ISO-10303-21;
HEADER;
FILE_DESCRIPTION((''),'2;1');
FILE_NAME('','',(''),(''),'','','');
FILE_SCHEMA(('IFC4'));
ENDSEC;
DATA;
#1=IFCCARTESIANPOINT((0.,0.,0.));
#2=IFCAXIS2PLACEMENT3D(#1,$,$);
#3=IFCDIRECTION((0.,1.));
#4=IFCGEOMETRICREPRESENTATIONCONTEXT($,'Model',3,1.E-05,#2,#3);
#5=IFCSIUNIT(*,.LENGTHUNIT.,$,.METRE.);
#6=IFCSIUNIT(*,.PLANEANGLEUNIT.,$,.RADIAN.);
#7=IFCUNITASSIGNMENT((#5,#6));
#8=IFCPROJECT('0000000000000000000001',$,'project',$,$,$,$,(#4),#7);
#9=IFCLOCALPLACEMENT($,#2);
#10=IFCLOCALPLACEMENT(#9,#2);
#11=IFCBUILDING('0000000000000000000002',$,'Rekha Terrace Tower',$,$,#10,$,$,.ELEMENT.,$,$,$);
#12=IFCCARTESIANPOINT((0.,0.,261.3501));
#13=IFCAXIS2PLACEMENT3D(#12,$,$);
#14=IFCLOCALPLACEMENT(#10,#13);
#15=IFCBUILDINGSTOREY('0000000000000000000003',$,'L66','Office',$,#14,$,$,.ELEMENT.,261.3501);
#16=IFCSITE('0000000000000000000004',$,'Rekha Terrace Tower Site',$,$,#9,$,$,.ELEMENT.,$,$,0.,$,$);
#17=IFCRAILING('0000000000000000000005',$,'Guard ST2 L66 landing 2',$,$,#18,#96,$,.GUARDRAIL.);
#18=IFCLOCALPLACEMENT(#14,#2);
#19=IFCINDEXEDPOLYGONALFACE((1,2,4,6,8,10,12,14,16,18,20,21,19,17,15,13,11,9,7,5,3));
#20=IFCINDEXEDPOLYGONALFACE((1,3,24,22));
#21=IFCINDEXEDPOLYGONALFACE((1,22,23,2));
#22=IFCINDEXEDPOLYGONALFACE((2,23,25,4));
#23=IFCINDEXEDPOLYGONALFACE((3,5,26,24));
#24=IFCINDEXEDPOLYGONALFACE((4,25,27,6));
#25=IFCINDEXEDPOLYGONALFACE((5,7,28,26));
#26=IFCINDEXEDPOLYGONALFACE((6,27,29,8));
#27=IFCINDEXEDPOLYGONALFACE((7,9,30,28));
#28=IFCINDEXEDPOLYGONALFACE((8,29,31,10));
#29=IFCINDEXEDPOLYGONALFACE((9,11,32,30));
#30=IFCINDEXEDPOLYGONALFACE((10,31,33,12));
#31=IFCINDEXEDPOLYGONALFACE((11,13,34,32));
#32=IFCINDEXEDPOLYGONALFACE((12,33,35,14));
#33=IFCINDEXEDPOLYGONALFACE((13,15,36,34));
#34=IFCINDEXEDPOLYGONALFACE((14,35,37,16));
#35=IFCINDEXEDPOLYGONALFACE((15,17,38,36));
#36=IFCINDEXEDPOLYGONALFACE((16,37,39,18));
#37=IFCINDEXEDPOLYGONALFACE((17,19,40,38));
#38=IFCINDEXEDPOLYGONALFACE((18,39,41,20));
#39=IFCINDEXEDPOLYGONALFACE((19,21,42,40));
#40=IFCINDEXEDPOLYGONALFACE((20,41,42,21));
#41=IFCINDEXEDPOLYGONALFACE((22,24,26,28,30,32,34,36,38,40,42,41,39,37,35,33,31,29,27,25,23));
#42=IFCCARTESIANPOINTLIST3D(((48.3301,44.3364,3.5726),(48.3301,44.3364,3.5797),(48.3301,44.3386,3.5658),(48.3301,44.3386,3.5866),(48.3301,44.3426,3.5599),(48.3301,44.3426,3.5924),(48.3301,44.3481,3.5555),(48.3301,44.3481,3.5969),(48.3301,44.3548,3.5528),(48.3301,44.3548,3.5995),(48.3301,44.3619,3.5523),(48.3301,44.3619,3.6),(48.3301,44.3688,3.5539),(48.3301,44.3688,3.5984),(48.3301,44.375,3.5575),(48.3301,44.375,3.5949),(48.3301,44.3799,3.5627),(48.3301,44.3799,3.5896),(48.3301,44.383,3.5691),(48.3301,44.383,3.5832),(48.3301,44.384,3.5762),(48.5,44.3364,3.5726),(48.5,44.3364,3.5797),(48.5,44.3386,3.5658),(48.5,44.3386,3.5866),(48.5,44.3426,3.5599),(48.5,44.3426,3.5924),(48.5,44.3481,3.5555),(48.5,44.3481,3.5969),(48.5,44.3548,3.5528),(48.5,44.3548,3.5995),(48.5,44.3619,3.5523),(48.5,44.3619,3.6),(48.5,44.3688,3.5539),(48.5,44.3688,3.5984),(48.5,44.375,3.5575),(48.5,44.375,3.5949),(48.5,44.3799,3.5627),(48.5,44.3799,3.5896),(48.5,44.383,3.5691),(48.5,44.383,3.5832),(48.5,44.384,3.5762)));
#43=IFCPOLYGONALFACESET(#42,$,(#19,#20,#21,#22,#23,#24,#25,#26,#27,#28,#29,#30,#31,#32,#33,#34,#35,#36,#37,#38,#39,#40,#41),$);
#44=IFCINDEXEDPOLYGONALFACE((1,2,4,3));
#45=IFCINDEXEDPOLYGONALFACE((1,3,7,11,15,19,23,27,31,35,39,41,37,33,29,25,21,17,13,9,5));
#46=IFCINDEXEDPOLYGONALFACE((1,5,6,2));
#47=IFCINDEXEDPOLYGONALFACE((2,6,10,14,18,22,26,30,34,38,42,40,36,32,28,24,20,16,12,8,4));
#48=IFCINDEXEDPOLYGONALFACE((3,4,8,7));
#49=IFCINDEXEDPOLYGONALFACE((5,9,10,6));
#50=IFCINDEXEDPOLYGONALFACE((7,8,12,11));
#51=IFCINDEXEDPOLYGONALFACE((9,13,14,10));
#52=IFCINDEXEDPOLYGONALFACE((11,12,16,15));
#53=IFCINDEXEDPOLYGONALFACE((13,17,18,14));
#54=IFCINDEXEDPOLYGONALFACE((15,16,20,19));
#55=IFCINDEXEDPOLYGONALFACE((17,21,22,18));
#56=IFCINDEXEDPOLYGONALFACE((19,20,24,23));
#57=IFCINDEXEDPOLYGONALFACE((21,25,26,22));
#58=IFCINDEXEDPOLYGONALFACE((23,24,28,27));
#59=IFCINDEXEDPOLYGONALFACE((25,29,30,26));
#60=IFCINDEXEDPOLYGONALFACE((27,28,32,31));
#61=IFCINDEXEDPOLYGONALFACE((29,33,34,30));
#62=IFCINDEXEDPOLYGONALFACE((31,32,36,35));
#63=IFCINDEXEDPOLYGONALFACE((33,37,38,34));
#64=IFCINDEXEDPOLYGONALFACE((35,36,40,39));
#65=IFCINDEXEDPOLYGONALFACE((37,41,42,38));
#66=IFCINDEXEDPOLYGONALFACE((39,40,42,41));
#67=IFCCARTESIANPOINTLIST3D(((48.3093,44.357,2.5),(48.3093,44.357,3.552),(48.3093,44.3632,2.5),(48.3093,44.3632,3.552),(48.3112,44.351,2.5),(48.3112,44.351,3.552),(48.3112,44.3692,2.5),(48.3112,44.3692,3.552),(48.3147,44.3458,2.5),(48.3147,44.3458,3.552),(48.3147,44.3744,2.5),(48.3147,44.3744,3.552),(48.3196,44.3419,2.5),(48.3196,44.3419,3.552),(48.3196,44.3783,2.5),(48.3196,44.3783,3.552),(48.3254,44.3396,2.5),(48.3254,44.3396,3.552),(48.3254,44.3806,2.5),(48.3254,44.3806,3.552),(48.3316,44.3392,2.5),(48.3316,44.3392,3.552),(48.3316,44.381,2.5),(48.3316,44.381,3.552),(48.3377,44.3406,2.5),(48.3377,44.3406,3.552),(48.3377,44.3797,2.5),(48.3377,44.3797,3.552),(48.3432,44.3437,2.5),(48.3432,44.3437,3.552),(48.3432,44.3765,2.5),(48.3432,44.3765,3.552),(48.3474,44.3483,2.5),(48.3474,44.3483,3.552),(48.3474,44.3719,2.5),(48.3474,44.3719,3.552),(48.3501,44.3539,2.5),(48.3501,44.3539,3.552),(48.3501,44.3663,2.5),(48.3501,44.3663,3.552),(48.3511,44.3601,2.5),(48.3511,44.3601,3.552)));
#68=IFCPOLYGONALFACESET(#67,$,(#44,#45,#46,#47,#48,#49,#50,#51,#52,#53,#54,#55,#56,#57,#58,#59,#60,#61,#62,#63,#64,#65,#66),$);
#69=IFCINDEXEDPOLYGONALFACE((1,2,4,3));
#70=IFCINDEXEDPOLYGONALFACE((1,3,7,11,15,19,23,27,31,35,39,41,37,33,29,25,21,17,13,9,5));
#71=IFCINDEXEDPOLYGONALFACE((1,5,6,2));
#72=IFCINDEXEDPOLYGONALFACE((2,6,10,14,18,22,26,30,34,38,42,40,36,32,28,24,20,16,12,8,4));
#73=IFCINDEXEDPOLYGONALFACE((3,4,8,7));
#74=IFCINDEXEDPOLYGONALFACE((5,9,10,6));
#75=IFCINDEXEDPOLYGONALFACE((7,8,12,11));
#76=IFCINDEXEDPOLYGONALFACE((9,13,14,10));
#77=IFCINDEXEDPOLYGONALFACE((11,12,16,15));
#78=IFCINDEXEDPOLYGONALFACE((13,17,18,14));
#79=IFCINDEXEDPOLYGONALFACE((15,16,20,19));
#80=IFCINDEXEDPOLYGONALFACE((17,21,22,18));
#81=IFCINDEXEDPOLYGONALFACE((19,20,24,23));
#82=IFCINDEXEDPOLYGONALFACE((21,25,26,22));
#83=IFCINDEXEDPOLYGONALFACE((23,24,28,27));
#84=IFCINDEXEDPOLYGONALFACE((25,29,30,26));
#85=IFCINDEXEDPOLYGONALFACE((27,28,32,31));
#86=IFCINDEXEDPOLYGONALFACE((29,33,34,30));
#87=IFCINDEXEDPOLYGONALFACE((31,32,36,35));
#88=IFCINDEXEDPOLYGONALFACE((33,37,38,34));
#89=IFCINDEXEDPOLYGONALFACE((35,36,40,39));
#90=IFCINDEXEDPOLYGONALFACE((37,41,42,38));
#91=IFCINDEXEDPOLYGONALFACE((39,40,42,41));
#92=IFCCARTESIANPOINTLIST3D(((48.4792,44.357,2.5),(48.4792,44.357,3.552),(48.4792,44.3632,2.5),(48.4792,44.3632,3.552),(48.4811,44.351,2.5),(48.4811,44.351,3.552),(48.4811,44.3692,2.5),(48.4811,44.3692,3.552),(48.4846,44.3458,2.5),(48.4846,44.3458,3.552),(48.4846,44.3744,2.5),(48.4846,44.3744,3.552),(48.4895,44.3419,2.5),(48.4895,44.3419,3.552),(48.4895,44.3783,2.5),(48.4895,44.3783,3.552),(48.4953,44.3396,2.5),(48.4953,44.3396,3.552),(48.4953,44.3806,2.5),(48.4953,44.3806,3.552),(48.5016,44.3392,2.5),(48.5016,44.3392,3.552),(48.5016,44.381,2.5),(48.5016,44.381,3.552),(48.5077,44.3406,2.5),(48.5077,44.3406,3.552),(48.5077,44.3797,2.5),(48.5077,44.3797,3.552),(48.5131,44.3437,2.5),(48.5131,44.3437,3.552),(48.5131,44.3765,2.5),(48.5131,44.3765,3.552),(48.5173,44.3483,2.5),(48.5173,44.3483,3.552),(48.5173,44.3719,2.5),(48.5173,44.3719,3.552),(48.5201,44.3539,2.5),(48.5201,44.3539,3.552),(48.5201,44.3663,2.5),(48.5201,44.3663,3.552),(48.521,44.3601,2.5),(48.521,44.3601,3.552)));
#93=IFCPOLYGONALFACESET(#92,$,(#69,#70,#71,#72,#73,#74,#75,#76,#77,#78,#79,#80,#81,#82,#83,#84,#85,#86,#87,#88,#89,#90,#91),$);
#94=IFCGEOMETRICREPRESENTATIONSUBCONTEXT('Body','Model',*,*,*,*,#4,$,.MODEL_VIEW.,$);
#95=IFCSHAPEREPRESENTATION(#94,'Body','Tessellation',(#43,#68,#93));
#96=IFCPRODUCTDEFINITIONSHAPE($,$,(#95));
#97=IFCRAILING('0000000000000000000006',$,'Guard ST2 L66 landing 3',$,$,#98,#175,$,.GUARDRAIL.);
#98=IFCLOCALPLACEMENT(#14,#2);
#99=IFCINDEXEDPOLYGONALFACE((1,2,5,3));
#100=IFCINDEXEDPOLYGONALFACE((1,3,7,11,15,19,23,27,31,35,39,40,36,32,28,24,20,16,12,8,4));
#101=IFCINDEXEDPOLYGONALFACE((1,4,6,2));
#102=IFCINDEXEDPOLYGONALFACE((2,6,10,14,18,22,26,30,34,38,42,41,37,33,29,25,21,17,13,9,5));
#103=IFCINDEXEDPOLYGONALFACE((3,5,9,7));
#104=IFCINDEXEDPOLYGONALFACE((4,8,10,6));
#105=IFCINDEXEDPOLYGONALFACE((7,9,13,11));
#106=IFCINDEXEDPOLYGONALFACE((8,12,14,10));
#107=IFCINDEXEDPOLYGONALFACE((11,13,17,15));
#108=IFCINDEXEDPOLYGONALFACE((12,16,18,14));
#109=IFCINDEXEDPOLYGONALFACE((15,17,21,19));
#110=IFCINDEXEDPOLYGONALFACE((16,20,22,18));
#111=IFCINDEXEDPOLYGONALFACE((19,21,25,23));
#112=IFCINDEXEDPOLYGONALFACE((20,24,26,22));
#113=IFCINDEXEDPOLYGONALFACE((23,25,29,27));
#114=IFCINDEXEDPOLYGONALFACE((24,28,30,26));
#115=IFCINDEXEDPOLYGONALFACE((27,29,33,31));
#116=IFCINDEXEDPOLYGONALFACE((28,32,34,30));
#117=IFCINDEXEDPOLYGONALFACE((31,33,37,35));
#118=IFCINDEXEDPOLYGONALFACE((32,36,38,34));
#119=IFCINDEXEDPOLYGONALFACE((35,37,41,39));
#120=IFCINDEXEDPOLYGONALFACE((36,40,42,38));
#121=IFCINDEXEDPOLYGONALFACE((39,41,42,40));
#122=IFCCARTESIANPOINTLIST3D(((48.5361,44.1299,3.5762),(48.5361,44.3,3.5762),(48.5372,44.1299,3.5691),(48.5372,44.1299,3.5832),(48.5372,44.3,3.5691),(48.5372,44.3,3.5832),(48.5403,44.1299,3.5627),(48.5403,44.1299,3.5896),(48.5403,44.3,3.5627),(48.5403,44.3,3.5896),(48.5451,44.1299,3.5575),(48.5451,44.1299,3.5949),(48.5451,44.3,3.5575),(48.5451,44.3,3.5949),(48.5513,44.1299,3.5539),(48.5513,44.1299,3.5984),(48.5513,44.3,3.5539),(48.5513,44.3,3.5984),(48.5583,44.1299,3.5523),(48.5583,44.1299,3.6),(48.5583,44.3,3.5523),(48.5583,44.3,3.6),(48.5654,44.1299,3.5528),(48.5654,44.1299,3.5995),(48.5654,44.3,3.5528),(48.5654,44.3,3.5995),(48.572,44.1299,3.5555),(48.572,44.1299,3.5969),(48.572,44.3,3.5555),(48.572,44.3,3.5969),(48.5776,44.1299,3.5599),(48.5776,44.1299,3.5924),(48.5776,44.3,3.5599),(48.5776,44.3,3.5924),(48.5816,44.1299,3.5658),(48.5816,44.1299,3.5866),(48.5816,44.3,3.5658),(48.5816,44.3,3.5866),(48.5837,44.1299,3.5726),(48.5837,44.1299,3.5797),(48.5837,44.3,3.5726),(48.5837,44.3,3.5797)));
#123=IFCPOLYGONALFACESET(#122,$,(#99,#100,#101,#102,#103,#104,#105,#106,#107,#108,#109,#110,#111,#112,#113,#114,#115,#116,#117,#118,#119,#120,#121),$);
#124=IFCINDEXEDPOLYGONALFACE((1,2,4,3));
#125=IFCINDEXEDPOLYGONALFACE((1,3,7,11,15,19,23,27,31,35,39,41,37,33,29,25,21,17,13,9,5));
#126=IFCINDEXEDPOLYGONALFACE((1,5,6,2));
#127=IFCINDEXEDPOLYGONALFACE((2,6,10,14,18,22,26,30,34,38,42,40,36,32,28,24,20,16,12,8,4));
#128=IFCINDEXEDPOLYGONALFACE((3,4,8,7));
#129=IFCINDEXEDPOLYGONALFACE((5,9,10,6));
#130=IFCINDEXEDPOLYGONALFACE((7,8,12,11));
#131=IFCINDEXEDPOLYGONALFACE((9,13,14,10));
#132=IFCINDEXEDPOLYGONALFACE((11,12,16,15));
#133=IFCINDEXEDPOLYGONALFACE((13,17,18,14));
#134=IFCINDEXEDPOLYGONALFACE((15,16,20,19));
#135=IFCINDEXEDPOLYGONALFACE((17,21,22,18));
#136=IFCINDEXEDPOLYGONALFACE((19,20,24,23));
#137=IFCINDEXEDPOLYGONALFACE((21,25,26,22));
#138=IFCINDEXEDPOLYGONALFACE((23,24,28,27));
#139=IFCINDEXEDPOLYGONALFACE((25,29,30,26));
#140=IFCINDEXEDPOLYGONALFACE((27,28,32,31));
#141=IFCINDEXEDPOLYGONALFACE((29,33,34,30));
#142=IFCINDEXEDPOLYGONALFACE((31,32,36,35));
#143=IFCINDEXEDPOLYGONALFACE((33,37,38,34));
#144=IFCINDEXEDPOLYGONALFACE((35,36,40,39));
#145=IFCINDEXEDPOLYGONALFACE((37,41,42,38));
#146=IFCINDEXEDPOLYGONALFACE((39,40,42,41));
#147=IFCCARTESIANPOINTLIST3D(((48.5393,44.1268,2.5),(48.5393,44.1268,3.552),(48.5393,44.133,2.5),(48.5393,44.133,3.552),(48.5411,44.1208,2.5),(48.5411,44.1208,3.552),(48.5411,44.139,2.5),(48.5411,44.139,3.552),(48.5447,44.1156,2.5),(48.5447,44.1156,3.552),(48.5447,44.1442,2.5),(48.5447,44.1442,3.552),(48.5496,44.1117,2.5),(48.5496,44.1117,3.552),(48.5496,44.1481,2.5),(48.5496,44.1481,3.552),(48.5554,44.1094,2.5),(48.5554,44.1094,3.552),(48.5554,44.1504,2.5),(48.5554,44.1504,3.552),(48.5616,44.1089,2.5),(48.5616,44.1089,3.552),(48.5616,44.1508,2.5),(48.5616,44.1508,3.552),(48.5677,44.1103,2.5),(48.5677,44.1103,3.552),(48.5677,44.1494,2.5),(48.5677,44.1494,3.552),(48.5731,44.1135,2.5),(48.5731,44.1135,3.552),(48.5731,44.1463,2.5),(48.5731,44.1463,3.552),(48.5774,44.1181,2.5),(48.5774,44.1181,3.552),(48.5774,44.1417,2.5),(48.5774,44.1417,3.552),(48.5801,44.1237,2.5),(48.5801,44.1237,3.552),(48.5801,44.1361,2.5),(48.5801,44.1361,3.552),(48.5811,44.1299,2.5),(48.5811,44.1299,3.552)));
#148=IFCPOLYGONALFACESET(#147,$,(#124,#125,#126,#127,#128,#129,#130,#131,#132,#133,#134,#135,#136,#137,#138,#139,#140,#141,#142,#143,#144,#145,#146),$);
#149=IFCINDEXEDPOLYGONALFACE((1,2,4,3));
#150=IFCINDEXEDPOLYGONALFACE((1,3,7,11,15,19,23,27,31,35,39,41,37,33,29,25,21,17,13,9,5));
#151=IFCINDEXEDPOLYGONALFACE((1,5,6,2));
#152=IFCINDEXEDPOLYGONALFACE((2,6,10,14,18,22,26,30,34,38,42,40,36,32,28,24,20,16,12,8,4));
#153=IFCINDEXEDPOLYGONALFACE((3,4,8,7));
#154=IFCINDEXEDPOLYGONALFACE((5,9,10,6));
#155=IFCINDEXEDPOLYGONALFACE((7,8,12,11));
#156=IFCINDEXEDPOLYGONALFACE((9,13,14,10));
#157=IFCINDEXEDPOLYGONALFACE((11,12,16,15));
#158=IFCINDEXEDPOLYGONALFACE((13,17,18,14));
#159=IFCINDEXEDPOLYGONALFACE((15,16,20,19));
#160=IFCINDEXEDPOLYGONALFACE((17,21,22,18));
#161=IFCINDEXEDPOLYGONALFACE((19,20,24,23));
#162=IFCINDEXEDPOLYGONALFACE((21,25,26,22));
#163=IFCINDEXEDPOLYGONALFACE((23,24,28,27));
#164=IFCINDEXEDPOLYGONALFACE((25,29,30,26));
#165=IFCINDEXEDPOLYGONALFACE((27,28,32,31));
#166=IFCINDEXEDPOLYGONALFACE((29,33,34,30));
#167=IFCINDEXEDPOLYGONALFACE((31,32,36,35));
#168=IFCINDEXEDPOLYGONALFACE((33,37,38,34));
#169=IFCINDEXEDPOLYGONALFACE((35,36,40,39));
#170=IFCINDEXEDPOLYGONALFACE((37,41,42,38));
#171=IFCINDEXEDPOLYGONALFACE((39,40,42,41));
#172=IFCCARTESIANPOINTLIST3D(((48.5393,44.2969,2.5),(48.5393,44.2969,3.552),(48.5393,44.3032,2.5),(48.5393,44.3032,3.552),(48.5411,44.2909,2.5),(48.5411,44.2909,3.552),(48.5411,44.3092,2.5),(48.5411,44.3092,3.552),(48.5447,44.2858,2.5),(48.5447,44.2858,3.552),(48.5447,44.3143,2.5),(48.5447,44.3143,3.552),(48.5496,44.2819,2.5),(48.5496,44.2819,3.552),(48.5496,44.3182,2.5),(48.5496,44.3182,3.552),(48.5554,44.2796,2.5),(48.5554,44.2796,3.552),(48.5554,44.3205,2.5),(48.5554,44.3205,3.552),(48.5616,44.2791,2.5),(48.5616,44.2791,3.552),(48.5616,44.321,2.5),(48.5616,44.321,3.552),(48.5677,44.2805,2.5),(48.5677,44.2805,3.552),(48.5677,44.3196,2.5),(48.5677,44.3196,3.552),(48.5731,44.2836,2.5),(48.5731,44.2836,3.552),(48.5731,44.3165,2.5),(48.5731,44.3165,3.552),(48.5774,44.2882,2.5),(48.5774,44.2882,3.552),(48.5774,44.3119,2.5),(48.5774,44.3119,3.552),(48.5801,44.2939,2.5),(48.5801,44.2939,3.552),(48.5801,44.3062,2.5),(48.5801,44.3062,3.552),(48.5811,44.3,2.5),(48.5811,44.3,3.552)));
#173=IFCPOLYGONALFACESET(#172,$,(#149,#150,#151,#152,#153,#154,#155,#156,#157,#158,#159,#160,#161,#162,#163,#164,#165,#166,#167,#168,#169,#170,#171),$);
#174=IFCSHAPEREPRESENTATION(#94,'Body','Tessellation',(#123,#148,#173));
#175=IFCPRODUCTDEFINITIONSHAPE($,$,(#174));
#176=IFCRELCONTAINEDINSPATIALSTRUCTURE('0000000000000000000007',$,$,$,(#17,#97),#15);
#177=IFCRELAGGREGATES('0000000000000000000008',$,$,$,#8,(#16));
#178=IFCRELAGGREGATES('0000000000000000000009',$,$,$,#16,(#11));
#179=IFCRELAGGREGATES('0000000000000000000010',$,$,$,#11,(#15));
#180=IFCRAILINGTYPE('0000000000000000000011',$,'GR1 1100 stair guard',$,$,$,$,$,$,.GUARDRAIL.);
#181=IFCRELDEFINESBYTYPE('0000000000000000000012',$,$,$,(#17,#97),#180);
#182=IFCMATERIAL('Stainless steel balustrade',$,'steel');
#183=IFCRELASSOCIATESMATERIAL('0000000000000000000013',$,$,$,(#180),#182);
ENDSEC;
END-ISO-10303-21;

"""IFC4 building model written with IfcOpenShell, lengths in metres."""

from ifc_helpers import new_model, si_unit, direction, frame, origin, origin_2d, place, context, subcontext, project, spatial, circle, extrude, material, type_object, element, save


model = new_model("IFC4")

# Units and contexts
model_context = context("Model", 3, precision=1e-05, world=origin(), true_north=direction((0.0, 1.0)))
body_context = subcontext(model_context, "Body", "Model", "MODEL_VIEW")
ifc_project = project(units=[si_unit("LENGTHUNIT", "METRE"), si_unit("PLANEANGLEUNIT", "RADIAN")], contexts=[model_context])

# Site, building, storey
site_placement = place(None, origin())
site = spatial("IfcSite", under=ifc_project, at=site_placement, Name="Rekha Terrace Tower Site", CompositionType="ELEMENT", RefElevation=0.0)
building_placement = place(site_placement, origin())
building = spatial("IfcBuilding", under=site, at=building_placement, Name="Rekha Terrace Tower", CompositionType="ELEMENT")
storey_placement = place(building_placement, frame((0.0, 0.0, 261.3501)))
storey = spatial("IfcBuildingStorey", under=building, at=storey_placement, Name="L66", Description="Office", CompositionType="ELEMENT", Elevation=261.3501)

# Railings
ifc_material_1 = material(Name="Stainless steel balustrade", Category="steel")
railing_type_1 = type_object("IfcRailingType", Name="GR1 1100 stair guard", PredefinedType="GUARDRAIL", material=ifc_material_1)
railing_1_placement = place(storey_placement, frame((48.3301, 44.3601, 2.5)))
element("IfcRailing", 1, at=railing_1_placement, inside=storey, type_object=railing_type_1, Name="Guard ST2 L66 landing 2", PredefinedType="GUARDRAIL", context=body_context, shape_type="SweptSolid", body=[
    extrude(circle(Radius=0.0239, at=origin_2d()), frame((0.0, 0.0, 1.0762), z_axis=(1.0, 0.0, 0.0), x_axis=(0.0, 1.0, 0.0)), (0.0, 0.0, 1.0), 0.1699),
    extrude(circle(Radius=0.021, at=origin_2d()), origin(), (0.0, 0.0, 1.0), 1.052),
    extrude(circle(Radius=0.021, at=origin_2d()), frame((0.1699, 0.0, 0.0)), (0.0, 0.0, 1.0), 1.052),
])
railing_2_placement = place(storey_placement, frame((48.5601, 44.1299, 2.5)))
element("IfcRailing", 2, at=railing_2_placement, inside=storey, type_object=railing_type_1, Name="Guard ST2 L66 landing 3", PredefinedType="GUARDRAIL", context=body_context, shape_type="SweptSolid", body=[
    extrude(circle(Radius=0.0239, at=origin_2d()), frame((0.0, 0.0, 1.0762), z_axis=(0.0, 1.0, 0.0), x_axis=(-1.0, 0.0, 0.0)), (0.0, 0.0, 1.0), 0.1702),
    extrude(circle(Radius=0.021, at=origin_2d()), origin(), (0.0, 0.0, 1.0), 1.052),
    extrude(circle(Radius=0.021, at=origin_2d()), frame((0.0, 0.1702, 0.0)), (0.0, 0.0, 1.0), 1.052),
])

save(model, "model.ifc")
